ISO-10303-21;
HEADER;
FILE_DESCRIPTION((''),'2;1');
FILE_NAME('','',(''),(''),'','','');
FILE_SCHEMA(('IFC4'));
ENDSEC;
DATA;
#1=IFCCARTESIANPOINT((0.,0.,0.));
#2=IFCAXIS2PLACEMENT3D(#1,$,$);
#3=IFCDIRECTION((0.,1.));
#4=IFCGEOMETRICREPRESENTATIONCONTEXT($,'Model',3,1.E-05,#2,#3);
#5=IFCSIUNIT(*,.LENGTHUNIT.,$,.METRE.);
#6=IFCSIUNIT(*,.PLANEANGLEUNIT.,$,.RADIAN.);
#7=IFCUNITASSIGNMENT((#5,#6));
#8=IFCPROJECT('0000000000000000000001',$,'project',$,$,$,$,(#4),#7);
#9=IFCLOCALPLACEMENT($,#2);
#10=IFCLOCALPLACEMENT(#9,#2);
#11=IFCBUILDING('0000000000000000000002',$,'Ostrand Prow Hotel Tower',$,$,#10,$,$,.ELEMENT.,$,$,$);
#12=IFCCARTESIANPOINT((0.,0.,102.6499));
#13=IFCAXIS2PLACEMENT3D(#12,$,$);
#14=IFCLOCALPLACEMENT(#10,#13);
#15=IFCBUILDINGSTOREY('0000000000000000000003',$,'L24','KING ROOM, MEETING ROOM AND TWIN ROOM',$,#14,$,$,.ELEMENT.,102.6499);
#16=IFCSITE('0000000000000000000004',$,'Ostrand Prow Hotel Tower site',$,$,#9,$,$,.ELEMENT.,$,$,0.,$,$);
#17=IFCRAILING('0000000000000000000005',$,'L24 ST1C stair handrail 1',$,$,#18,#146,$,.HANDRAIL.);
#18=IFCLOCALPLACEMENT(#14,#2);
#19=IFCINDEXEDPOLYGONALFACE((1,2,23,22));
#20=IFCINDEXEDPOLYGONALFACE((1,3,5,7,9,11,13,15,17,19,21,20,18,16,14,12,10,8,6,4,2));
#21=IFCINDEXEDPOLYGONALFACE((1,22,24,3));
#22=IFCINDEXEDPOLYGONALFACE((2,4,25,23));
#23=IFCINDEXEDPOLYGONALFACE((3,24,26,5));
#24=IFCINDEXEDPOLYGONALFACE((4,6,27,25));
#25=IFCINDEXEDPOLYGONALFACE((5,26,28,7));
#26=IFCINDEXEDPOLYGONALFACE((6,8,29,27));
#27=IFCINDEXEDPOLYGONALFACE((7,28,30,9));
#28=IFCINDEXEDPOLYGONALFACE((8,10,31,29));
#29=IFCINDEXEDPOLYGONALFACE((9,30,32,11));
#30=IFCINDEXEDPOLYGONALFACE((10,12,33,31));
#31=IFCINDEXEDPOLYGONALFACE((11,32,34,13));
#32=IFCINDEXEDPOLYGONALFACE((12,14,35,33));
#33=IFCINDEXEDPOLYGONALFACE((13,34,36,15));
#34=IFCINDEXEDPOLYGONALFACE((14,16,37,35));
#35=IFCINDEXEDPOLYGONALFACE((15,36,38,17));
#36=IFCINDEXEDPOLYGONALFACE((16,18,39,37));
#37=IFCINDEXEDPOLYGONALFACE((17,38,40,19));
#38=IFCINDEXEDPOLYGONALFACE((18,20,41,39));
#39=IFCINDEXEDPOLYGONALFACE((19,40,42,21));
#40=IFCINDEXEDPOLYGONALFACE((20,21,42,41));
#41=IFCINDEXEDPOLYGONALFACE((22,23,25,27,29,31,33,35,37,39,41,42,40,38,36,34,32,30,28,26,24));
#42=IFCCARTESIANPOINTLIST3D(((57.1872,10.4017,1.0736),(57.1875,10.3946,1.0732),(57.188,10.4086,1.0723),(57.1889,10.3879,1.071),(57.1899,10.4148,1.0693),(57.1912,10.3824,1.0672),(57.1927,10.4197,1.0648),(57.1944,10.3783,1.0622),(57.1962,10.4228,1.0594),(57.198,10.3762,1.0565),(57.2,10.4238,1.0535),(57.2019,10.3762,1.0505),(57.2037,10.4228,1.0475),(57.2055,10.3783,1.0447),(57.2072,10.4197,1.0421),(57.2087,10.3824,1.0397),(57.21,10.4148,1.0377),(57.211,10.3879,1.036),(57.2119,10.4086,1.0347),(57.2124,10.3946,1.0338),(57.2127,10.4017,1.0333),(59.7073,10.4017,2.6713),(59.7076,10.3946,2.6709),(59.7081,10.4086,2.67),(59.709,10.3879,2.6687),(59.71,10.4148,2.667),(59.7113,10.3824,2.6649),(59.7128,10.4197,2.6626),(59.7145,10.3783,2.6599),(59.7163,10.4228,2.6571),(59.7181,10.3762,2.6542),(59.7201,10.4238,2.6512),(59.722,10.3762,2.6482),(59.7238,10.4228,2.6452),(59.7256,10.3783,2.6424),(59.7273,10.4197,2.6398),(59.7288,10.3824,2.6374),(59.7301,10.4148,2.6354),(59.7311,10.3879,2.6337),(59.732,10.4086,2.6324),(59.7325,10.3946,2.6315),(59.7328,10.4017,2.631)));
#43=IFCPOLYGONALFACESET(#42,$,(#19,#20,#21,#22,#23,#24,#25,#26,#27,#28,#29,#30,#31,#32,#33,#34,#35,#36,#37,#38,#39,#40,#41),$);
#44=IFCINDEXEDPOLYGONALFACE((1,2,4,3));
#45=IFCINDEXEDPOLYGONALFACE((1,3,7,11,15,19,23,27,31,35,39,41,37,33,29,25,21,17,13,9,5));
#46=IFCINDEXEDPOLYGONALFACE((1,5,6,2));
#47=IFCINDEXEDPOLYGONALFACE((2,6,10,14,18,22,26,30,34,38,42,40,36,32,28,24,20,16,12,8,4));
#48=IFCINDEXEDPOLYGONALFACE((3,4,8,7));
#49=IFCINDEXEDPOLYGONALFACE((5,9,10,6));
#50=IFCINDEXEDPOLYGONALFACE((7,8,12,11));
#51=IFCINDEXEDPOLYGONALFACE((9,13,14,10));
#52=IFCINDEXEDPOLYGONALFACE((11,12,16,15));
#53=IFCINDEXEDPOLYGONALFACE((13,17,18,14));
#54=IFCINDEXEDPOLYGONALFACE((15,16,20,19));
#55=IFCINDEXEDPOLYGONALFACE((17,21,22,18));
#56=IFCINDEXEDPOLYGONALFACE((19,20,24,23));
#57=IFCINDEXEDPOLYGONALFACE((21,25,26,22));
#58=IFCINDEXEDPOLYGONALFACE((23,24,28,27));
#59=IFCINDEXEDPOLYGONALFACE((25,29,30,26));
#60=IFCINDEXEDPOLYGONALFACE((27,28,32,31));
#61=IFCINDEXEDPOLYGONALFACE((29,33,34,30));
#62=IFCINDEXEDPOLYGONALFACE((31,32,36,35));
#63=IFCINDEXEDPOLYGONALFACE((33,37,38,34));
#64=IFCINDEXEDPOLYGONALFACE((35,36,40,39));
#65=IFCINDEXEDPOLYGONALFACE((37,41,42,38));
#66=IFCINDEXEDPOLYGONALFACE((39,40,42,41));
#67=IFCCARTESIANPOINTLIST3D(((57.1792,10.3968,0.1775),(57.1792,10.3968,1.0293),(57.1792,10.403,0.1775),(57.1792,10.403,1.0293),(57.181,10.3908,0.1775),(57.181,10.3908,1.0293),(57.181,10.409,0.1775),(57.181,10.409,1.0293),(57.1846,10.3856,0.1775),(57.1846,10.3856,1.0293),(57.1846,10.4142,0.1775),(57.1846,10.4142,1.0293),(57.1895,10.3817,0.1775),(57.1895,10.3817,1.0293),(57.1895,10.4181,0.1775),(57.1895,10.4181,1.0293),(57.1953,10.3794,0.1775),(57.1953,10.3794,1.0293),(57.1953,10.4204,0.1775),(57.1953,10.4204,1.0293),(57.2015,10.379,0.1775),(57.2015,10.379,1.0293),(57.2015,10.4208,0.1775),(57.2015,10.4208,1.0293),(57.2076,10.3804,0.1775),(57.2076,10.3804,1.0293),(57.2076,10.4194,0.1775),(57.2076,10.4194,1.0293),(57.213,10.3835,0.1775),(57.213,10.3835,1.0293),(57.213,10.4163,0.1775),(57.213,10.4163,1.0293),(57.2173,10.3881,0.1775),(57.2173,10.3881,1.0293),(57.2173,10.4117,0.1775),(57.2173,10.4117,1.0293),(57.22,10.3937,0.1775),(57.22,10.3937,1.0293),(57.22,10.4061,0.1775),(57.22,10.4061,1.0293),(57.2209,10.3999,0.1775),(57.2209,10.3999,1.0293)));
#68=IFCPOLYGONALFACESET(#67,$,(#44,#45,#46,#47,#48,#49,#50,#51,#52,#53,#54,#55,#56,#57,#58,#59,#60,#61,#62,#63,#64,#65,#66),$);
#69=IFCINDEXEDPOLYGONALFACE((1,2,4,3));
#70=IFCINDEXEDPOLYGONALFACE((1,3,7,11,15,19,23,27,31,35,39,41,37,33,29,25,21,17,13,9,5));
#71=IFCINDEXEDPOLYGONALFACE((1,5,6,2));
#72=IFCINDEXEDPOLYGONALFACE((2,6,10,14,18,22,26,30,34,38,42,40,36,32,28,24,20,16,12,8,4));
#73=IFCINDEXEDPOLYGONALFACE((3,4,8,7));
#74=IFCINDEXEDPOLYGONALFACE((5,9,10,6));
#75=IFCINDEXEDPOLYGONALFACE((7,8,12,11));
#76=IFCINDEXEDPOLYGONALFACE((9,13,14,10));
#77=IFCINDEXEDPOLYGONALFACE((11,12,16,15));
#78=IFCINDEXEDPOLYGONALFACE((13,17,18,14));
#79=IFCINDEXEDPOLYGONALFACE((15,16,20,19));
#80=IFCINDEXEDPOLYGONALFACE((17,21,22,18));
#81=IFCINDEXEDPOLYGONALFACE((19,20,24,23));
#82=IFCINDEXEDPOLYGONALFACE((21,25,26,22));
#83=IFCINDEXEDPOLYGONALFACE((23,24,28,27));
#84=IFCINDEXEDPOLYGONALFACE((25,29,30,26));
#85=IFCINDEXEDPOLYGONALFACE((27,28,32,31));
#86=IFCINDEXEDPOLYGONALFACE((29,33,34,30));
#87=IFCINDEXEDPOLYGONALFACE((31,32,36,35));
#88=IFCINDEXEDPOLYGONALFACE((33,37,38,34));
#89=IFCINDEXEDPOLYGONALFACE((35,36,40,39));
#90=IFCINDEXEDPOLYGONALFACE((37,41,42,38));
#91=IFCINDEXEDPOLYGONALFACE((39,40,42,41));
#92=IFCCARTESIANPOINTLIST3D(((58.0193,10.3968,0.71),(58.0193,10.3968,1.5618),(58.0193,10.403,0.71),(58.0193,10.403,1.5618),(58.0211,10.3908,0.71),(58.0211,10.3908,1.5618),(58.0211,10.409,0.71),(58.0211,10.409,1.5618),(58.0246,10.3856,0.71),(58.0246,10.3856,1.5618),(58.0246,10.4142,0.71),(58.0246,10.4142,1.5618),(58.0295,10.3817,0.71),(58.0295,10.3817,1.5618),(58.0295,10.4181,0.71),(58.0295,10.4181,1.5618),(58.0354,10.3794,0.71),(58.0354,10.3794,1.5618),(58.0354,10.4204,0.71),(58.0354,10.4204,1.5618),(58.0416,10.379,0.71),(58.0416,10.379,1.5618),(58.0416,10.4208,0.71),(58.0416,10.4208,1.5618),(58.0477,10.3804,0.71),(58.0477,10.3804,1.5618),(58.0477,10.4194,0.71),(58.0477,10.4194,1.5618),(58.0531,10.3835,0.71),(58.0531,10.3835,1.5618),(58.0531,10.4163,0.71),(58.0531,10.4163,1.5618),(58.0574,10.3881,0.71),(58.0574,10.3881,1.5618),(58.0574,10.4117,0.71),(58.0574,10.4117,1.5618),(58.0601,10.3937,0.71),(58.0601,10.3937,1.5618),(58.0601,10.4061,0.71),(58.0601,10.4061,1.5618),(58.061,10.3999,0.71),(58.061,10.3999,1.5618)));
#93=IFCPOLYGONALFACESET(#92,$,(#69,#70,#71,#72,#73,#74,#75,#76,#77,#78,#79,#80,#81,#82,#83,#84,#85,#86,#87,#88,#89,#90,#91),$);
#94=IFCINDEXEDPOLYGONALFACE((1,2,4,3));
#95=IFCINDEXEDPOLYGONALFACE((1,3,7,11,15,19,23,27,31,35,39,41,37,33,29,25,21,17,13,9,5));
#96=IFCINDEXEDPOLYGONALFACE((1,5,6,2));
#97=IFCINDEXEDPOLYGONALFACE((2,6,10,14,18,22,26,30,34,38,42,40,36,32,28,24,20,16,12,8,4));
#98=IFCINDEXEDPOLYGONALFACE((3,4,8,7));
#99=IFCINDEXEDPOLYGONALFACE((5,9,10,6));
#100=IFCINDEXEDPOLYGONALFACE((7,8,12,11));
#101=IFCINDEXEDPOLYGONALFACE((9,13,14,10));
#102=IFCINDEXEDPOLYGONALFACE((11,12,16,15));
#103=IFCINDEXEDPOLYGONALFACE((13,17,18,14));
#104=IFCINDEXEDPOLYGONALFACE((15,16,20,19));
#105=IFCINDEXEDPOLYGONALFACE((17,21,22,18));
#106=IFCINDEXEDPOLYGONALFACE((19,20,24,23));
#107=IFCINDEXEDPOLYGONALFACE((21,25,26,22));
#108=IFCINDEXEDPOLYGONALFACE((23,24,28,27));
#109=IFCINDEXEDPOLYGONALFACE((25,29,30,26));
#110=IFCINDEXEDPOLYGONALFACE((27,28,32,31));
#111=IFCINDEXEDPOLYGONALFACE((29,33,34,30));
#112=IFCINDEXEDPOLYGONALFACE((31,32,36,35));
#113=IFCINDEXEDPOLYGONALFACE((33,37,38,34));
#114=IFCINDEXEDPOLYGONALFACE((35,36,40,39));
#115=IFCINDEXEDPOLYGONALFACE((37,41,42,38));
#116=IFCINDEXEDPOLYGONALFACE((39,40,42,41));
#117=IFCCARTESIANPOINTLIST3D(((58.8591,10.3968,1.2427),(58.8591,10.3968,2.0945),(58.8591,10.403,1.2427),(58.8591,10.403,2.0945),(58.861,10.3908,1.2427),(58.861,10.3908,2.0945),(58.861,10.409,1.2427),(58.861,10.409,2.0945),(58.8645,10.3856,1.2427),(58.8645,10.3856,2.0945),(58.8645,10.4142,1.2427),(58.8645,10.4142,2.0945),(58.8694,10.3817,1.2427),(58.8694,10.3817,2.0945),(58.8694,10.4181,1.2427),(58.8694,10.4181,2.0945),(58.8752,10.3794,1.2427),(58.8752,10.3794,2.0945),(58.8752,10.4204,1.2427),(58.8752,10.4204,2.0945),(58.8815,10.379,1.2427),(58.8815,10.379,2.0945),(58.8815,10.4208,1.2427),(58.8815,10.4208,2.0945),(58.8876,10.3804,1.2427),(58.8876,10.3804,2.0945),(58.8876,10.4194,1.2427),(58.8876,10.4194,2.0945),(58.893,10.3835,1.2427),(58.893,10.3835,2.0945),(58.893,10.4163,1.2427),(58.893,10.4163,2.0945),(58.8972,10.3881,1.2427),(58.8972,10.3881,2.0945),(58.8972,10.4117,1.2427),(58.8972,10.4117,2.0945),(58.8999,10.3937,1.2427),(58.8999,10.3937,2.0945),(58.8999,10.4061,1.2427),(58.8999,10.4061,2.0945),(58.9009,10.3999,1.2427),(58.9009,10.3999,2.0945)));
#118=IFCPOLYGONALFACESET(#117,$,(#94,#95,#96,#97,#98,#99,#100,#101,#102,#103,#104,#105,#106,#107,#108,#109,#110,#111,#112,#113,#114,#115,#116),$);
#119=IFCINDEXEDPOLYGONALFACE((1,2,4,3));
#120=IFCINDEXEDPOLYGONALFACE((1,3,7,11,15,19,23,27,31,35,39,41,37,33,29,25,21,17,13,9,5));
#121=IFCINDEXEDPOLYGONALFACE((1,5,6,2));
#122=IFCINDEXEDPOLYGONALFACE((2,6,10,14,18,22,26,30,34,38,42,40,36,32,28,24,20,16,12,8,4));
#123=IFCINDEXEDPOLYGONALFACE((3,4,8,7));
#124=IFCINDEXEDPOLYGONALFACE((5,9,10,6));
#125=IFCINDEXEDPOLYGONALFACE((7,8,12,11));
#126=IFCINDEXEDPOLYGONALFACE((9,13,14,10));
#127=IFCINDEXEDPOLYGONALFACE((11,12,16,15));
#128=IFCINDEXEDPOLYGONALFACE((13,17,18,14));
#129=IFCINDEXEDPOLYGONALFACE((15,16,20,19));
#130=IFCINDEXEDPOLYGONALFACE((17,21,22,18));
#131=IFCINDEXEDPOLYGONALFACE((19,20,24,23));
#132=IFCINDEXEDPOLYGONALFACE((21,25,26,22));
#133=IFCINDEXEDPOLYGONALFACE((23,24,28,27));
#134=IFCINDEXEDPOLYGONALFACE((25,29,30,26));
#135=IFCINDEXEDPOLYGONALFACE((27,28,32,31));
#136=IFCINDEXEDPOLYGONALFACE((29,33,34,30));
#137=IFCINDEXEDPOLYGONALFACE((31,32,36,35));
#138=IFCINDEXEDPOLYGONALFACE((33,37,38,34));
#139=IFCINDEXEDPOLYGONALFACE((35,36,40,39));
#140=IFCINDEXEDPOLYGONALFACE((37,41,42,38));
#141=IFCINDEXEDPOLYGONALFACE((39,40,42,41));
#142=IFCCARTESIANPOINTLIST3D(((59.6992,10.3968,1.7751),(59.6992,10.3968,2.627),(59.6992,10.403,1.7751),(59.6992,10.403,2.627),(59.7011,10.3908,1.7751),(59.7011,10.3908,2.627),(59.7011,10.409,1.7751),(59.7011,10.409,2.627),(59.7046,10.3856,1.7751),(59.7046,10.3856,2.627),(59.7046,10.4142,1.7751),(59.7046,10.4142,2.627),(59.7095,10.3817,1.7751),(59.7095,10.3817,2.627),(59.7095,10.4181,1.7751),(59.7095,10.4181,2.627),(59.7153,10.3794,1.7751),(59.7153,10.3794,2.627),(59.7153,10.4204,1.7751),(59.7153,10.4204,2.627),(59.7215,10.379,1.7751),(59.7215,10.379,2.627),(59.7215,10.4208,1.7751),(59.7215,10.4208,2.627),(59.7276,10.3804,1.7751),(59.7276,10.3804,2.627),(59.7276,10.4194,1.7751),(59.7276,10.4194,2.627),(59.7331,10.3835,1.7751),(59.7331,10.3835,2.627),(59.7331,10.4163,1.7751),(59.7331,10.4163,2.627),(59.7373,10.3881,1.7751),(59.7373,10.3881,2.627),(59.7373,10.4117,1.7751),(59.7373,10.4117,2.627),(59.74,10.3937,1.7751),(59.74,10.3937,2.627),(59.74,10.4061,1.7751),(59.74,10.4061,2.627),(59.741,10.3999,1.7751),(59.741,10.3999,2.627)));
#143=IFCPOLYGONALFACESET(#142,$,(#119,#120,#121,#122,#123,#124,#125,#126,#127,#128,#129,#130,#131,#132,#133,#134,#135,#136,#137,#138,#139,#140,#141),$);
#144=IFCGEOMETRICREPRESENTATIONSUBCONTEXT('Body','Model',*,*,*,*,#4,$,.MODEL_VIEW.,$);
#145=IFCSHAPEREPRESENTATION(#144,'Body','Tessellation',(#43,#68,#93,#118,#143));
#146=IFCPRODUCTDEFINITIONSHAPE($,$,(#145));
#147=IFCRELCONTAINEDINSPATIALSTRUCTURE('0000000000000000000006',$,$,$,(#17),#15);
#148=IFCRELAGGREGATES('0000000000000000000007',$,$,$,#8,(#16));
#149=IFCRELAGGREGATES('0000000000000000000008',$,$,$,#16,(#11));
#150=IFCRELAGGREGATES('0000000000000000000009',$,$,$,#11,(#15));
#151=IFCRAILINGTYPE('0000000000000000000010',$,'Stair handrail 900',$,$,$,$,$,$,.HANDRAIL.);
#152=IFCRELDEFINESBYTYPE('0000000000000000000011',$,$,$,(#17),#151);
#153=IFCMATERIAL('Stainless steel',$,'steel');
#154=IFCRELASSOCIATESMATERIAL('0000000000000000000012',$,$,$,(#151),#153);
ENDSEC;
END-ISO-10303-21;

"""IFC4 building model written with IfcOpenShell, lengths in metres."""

from ifc_helpers import new_model, si_unit, direction, frame, origin, origin_2d, place, context, subcontext, project, spatial, circle, extrude, material, type_object, element, save


model = new_model("IFC4")

# Units and contexts
model_context = context("Model", 3, precision=1e-05, world=origin(), true_north=direction((0.0, 1.0)))
body_context = subcontext(model_context, "Body", "Model", "MODEL_VIEW")
ifc_project = project(units=[si_unit("LENGTHUNIT", "METRE"), si_unit("PLANEANGLEUNIT", "RADIAN")], contexts=[model_context])

# Site, building, storey
site_placement = place(None, origin())
site = spatial("IfcSite", under=ifc_project, at=site_placement, Name="Ostrand Prow Hotel Tower site", CompositionType="ELEMENT", RefElevation=0.0)
building_placement = place(site_placement, origin())
building = spatial("IfcBuilding", under=site, at=building_placement, Name="Ostrand Prow Hotel Tower", CompositionType="ELEMENT")
storey_placement = place(building_placement, frame((0.0, 0.0, 102.6499)))
storey = spatial("IfcBuildingStorey", under=building, at=storey_placement, Name="L24", Description="KING ROOM, MEETING ROOM AND TWIN ROOM", CompositionType="ELEMENT", Elevation=102.6499)

# Railing
ifc_material_1 = material(Name="Stainless steel", Category="steel")
railing_type_1 = type_object("IfcRailingType", Name="Stair handrail 900", PredefinedType="HANDRAIL", material=ifc_material_1)
railing_1_placement = place(storey_placement, frame((57.2, 10.3999, 0.1775)))
element("IfcRailing", 1, at=railing_1_placement, inside=storey, type_object=railing_type_1, Name="L24 ST1C stair handrail 1", PredefinedType="HANDRAIL", context=body_context, shape_type="SweptSolid", body=[
    extrude(circle(Radius=0.0239, at=origin_2d()), frame((0.0, 0.0, 0.876), z_axis=(0.84457, 0.0, 0.535445), x_axis=(0.0, 1.0, 0.0)), (0.0, 0.0, 1.0), 2.9839),
    extrude(circle(Radius=0.021, at=origin_2d()), origin(), (0.0, 0.0, 1.0), 0.8518),
    extrude(circle(Radius=0.021, at=origin_2d()), frame((0.8401, 0.0, 0.5325)), (0.0, 0.0, 1.0), 0.8518),
    extrude(circle(Radius=0.021, at=origin_2d()), frame((1.6799, 0.0, 1.0652)), (0.0, 0.0, 1.0), 0.8518),
    extrude(circle(Radius=0.021, at=origin_2d()), frame((2.52, 0.0, 1.5977)), (0.0, 0.0, 1.0), 0.8518),
])

save(model, "model.ifc")
